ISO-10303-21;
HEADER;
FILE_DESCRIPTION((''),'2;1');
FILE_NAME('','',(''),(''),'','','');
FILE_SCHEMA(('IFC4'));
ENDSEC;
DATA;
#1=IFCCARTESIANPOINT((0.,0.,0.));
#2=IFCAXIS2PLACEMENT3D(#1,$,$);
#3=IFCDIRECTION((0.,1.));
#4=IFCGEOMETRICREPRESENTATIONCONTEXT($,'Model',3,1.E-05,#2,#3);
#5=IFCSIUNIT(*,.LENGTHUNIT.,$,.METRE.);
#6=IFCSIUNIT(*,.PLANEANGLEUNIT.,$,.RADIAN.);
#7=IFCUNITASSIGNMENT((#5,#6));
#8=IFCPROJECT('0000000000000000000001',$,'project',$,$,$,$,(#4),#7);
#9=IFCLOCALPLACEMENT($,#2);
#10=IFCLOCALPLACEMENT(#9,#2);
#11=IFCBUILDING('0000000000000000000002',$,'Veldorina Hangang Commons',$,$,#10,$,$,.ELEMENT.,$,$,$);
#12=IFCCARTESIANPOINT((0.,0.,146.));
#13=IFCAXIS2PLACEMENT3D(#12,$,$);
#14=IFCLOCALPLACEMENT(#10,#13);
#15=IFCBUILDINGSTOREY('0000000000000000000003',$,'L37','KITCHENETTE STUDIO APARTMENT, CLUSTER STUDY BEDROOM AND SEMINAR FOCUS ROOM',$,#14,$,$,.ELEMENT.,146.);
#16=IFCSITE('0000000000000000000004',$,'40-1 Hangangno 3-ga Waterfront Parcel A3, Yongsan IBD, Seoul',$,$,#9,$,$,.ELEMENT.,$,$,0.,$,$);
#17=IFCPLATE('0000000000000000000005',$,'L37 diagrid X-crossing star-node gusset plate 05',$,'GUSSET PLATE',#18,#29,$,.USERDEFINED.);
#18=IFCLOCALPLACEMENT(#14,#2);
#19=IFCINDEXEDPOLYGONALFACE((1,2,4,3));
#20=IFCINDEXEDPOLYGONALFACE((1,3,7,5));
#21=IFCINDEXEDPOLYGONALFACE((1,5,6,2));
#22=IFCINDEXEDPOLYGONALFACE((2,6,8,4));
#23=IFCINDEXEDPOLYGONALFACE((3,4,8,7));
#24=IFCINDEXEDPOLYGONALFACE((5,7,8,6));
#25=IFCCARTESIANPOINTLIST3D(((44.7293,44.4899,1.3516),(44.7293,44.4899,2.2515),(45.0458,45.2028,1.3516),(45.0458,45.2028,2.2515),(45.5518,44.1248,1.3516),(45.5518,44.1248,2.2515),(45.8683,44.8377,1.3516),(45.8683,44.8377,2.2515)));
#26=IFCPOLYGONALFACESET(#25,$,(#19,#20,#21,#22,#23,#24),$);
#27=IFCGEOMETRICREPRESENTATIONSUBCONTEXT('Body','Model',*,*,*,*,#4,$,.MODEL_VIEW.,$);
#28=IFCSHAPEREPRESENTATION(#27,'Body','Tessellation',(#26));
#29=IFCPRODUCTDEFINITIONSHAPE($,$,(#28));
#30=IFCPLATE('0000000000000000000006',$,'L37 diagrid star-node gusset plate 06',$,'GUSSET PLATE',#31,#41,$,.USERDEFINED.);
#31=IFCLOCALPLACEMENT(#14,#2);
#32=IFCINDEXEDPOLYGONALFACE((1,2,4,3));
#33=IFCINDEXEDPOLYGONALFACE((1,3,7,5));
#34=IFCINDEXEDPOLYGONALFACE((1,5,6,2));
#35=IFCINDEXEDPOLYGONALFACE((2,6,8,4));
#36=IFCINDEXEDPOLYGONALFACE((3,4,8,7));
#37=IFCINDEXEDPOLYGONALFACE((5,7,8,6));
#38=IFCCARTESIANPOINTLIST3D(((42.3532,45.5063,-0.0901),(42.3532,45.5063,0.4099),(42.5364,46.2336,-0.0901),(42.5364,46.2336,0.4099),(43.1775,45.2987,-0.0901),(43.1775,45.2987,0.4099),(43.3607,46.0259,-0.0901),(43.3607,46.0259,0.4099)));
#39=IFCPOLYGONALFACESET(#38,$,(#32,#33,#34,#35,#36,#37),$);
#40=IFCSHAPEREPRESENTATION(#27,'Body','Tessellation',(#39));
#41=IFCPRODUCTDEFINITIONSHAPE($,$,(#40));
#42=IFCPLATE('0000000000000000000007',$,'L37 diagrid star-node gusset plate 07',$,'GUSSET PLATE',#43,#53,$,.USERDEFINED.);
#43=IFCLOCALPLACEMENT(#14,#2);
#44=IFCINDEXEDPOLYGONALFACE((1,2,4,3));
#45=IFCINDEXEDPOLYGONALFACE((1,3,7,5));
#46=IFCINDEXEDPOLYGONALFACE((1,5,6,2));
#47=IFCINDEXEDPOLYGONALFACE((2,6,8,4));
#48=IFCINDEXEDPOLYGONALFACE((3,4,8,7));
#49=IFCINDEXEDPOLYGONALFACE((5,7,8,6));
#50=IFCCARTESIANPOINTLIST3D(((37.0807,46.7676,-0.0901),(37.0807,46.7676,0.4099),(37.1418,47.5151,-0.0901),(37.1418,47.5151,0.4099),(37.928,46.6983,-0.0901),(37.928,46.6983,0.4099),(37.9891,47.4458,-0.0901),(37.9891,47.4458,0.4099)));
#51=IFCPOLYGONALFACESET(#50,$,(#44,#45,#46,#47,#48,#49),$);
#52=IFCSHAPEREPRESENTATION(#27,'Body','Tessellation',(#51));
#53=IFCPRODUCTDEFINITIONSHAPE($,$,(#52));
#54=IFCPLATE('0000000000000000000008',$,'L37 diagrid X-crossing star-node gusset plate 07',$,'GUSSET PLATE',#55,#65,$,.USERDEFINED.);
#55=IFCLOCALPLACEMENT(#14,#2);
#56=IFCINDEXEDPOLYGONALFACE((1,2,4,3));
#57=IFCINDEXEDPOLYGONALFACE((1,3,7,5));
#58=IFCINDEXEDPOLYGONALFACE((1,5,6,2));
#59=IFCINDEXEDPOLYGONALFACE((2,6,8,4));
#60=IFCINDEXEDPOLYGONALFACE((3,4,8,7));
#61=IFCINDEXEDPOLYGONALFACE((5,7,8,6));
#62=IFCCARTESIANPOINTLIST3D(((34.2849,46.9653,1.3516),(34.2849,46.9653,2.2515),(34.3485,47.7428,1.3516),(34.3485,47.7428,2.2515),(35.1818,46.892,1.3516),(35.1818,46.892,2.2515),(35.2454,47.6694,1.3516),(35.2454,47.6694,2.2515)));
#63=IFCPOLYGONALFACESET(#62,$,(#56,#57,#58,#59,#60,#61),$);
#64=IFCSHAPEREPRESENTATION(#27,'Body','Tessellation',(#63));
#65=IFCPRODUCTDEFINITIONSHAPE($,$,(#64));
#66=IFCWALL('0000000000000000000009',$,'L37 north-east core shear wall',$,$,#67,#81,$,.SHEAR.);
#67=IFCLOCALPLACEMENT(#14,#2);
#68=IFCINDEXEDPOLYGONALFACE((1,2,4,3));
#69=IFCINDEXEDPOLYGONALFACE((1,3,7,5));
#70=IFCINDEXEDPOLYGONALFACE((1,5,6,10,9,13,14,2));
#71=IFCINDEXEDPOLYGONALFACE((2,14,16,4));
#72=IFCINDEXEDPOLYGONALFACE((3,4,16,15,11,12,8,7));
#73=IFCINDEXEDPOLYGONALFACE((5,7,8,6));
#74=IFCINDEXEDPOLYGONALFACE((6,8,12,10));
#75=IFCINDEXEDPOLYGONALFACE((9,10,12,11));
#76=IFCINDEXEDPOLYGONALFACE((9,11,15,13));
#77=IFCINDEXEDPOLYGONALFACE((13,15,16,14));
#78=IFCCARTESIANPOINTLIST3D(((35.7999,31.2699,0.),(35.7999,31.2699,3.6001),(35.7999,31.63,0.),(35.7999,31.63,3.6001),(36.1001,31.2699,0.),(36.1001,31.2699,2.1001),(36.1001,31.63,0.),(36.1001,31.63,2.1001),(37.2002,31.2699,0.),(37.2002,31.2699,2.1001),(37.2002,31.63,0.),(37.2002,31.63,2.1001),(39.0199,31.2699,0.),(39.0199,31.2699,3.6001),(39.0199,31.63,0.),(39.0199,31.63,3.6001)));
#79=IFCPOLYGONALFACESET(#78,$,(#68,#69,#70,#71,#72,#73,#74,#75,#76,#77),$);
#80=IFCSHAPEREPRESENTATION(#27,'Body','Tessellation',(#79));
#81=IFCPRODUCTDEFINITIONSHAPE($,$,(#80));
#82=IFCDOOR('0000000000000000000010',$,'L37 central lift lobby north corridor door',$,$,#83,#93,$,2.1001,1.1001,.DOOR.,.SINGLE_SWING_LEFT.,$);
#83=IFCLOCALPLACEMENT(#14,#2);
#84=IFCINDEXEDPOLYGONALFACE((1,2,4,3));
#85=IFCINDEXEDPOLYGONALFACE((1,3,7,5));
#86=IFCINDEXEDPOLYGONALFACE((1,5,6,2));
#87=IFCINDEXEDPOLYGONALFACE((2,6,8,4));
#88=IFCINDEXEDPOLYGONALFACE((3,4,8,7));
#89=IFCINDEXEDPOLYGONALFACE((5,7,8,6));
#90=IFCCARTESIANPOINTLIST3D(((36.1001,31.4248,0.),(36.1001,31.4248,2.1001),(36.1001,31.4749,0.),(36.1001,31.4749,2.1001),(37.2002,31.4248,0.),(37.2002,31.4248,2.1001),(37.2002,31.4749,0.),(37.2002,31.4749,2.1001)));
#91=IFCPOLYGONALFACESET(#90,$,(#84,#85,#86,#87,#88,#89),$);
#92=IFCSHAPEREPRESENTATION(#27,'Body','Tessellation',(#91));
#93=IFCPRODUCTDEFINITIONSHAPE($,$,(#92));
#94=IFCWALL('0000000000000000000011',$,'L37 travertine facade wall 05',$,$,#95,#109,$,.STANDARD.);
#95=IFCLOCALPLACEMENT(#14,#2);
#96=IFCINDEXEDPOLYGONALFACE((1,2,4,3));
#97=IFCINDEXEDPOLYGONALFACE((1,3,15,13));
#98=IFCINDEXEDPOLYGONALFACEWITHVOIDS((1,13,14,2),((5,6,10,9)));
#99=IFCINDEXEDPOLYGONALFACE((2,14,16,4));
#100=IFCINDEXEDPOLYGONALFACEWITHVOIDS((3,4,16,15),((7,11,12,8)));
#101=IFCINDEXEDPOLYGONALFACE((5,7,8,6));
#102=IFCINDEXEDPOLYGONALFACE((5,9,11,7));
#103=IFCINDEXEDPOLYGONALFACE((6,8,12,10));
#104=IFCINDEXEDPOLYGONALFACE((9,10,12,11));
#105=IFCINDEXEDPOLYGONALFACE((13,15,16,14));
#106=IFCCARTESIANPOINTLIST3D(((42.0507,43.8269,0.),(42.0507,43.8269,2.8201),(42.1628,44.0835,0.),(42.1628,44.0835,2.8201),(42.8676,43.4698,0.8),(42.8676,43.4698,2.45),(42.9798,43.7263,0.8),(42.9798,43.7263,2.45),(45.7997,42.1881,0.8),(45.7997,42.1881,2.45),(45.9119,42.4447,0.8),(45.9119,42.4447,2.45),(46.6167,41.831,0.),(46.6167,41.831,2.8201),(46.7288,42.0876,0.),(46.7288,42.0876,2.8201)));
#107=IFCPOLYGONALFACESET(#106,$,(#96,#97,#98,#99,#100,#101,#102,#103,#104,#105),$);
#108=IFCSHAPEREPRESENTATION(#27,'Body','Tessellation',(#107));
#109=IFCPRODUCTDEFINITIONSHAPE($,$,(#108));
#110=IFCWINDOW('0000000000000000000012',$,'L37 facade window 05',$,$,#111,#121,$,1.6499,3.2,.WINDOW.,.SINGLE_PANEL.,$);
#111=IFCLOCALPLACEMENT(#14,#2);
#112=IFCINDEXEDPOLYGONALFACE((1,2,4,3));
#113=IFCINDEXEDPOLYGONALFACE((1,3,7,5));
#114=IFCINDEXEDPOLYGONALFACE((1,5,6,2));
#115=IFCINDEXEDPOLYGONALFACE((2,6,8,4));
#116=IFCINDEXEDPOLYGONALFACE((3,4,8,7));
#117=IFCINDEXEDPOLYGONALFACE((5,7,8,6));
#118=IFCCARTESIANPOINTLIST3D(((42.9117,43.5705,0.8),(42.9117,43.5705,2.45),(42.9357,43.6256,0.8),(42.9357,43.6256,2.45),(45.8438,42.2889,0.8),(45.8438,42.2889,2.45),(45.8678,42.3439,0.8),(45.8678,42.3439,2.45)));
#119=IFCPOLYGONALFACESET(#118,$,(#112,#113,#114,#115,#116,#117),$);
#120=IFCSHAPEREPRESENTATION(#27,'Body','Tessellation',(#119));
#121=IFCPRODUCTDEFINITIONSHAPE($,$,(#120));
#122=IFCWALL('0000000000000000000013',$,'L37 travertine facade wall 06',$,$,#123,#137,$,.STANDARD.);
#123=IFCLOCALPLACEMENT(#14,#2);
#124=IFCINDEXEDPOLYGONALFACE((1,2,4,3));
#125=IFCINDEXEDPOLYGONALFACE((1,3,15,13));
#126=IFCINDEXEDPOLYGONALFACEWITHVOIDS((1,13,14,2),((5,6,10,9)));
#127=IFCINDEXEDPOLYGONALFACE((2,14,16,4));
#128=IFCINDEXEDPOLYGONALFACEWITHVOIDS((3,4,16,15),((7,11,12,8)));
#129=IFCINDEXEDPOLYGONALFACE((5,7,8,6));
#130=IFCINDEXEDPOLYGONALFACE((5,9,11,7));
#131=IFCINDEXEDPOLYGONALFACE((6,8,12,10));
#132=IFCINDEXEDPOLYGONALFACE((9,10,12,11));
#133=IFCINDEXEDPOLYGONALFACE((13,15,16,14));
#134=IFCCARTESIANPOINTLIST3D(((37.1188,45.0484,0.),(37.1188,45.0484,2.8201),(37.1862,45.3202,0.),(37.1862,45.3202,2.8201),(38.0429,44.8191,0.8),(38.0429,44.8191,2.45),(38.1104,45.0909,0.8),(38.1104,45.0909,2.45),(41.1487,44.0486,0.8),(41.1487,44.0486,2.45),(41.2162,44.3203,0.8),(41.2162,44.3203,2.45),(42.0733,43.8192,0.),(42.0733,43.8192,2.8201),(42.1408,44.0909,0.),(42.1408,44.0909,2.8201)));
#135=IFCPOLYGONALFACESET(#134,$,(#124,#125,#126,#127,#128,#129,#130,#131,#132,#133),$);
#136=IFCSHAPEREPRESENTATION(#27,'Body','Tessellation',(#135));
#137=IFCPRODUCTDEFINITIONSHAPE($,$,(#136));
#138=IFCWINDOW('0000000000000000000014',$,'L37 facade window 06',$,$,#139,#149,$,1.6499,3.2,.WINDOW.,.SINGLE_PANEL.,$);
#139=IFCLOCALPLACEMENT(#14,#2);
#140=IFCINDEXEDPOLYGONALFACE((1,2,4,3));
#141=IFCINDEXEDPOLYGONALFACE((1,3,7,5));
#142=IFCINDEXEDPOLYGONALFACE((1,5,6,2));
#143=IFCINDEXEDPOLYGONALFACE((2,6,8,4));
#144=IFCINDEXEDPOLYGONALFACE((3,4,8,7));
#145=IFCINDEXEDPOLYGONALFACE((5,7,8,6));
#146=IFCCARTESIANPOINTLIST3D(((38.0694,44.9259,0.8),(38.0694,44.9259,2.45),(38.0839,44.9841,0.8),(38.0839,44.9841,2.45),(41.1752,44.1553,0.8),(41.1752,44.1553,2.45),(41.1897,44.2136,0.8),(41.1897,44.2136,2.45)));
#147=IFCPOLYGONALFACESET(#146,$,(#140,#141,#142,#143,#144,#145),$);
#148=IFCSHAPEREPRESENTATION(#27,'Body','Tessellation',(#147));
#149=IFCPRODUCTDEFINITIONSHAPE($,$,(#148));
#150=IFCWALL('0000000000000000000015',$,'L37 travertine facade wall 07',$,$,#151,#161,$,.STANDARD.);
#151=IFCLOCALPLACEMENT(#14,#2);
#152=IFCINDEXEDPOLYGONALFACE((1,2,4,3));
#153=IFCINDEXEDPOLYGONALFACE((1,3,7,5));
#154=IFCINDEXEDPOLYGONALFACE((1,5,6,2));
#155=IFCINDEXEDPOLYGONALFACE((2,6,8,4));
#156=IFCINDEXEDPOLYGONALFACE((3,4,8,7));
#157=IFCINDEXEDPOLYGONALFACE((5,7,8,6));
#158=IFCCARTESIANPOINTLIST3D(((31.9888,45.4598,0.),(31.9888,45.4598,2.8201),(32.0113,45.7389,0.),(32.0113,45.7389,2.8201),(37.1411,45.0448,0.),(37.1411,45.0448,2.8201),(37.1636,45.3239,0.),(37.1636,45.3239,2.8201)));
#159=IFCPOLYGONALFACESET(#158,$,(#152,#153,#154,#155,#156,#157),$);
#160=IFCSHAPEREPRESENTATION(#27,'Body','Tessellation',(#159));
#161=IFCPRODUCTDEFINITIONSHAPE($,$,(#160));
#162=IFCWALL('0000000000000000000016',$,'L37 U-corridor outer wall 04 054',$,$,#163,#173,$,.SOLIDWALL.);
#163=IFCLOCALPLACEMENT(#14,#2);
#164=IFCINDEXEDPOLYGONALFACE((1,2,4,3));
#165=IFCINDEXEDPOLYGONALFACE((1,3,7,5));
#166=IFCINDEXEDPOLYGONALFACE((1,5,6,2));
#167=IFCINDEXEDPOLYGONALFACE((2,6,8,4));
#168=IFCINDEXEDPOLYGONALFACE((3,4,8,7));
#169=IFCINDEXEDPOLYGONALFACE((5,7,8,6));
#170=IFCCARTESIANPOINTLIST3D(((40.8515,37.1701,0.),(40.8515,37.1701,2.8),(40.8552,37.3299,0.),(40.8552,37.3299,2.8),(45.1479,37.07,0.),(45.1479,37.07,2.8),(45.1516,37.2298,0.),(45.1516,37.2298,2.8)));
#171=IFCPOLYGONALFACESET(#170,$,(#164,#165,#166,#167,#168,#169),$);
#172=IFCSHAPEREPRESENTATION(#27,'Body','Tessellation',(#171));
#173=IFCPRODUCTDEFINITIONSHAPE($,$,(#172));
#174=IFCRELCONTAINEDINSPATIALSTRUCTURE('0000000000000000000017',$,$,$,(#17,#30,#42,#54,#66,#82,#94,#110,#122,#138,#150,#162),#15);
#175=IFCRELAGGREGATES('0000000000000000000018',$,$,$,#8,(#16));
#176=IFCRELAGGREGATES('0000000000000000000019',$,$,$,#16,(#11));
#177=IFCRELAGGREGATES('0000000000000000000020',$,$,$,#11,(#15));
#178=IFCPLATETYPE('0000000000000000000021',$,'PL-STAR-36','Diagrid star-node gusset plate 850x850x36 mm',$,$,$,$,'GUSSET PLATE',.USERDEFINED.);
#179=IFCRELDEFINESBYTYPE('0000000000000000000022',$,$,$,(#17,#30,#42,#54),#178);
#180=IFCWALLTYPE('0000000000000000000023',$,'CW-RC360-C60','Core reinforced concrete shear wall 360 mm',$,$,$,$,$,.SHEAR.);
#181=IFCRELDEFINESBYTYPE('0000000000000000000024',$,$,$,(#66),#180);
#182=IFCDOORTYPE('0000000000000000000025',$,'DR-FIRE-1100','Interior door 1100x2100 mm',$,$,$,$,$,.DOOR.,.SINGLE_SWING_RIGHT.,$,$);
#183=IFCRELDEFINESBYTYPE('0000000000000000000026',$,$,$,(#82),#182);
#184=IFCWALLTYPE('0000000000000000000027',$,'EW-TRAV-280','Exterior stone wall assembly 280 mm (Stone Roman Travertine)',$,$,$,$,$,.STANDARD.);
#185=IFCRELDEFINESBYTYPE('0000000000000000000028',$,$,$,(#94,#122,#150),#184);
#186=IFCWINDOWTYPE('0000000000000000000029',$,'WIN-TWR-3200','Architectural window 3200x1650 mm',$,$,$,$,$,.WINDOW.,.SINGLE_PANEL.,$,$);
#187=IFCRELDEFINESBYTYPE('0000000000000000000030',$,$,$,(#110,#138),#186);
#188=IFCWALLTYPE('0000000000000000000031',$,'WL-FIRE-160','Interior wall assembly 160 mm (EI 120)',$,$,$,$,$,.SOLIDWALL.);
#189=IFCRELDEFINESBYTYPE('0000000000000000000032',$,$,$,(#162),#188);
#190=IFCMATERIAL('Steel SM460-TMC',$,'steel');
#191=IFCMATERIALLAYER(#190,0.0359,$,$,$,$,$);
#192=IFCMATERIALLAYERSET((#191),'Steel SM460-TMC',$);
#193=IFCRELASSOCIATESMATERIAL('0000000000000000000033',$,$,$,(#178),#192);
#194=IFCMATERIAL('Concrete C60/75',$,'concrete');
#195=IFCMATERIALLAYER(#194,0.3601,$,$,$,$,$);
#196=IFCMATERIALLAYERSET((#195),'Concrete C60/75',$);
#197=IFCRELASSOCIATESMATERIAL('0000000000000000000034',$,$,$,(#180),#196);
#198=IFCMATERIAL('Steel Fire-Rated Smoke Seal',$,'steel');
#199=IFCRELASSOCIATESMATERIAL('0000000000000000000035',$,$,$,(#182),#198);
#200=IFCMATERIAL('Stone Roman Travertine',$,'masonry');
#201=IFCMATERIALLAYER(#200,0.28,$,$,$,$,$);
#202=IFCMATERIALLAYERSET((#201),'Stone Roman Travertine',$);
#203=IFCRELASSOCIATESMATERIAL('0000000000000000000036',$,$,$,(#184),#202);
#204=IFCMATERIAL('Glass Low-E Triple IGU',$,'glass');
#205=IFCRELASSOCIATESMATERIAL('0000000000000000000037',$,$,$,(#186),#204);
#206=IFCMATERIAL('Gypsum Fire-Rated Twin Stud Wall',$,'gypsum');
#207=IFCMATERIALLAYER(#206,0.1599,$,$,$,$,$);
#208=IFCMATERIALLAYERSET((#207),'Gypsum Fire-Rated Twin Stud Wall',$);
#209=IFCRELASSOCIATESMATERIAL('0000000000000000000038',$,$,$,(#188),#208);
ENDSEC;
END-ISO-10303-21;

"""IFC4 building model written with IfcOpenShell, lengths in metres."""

from ifc_helpers import new_model, si_unit, direction, frame, frame_2d, origin, origin_2d, place, context, subcontext, project, spatial, rectangle, extrude, material, layer, layer_set, type_object, element, fill, save


model = new_model("IFC4")

# Units and contexts
model_context = context("Model", 3, precision=1e-05, world=origin(), true_north=direction((0.0, 1.0)))
body_context = subcontext(model_context, "Body", "Model", "MODEL_VIEW")
ifc_project = project(units=[si_unit("LENGTHUNIT", "METRE"), si_unit("PLANEANGLEUNIT", "RADIAN")], contexts=[model_context])

# Site, building, storey
site_placement = place(None, origin())
site = spatial("IfcSite", under=ifc_project, at=site_placement, Name="40-1 Hangangno 3-ga Waterfront Parcel A3, Yongsan IBD, Seoul", CompositionType="ELEMENT", RefElevation=0.0)
building_placement = place(site_placement, origin())
building = spatial("IfcBuilding", under=site, at=building_placement, Name="Veldorina Hangang Commons", CompositionType="ELEMENT")
storey_placement = place(building_placement, frame((0.0, 0.0, 146.0)))
storey = spatial("IfcBuildingStorey", under=building, at=storey_placement, Name="L37", Description="KITCHENETTE STUDIO APARTMENT, CLUSTER STUDY BEDROOM AND SEMINAR FOCUS ROOM", CompositionType="ELEMENT", Elevation=146.0)

# Plates
ifc_material_1 = material(Name="Steel SM460-TMC", Category="steel")
ifc_layer_1 = layer(ifc_material_1, 0.0359)
ifc_layer_set_1 = layer_set([ifc_layer_1], Name="Steel SM460-TMC")
plate_type = type_object("IfcPlateType", Name="PL-STAR-36", Description="Diagrid star-node gusset plate 850x850x36 mm", ElementType="GUSSET PLATE", PredefinedType="USERDEFINED", material=ifc_layer_set_1)
plate_1_placement = place(storey_placement, frame((45.2988, 44.6638, 1.3516), z_axis=(0.0, 0.0, 1.0), x_axis=(-0.913999, 0.405716, 0.0)))
element("IfcPlate", 1, at=plate_1_placement, inside=storey, type_object=plate_type, Name="L37 diagrid X-crossing star-node gusset plate 05", ObjectType="GUSSET PLATE", PredefinedType="USERDEFINED", context=body_context, shape_type="SweptSolid", body=[
    extrude(rectangle(XDim=0.8999, YDim=0.78, at=origin_2d()), origin(), (0.0, 0.0, 1.0), 0.8999),
])
for number, where, z_axis, x_axis, name in (
    (2, (42.8569, 45.7661, -0.0901), (0.0, 0.0, 1.0), (-0.96971, 0.244258, 0.0), "L37 diagrid star-node gusset plate 06"),
    (3, (37.5349, 47.1067, -0.0901), (0.0, 0.0, 1.0), (-0.996672, 0.081521, 0.0), "L37 diagrid star-node gusset plate 07"),
):
    element("IfcPlate", number, at=place(storey_placement, frame(where, z_axis=z_axis, x_axis=x_axis)), inside=storey, type_object=plate_type, Name=name, ObjectType="GUSSET PLATE", PredefinedType="USERDEFINED", context=body_context, shape_type="SweptSolid", body=[
        extrude(rectangle(XDim=0.8501, YDim=0.75, at=origin_2d()), origin(), (0.0, 0.0, 1.0), 0.5),
    ])
plate_2_placement = place(storey_placement, frame((34.7651, 47.3174, 1.3516), z_axis=(0.0, 0.0, 1.0), x_axis=(-0.996672, 0.081521, 0.0)))
element("IfcPlate", 4, at=plate_2_placement, inside=storey, type_object=plate_type, Name="L37 diagrid X-crossing star-node gusset plate 07", ObjectType="GUSSET PLATE", PredefinedType="USERDEFINED", context=body_context, shape_type="SweptSolid", body=[
    extrude(rectangle(XDim=0.8999, YDim=0.78, at=origin_2d()), origin(), (0.0, 0.0, 1.0), 0.8999),
])

# Wall, opening, door
ifc_material_2 = material(Name="Concrete C60/75", Category="concrete")
ifc_layer_2 = layer(ifc_material_2, 0.3601)
ifc_layer_set_2 = layer_set([ifc_layer_2], Name="Concrete C60/75")
wall_type_1 = type_object("IfcWallType", Name="CW-RC360-C60", Description="Core reinforced concrete shear wall 360 mm", PredefinedType="SHEAR", material=ifc_layer_set_2)
wall_1_placement = place(storey_placement, frame((35.8, 31.45, 0.0), z_axis=(0.0, 0.0, 1.0), x_axis=(1.0, 0.0, 0.0)))
wall_1 = element("IfcWall", 5, at=wall_1_placement, inside=storey, type_object=wall_type_1, Name="L37 north-east core shear wall", PredefinedType="SHEAR", context=body_context, shape_type="SweptSolid", body=[
    extrude(rectangle(XDim=3.22, YDim=0.3601, at=frame_2d((1.6099, 0.0))), origin(), (0.0, 0.0, 1.0), 3.6001),
])
opening_1_placement = place(wall_1_placement, frame((0.3, 0.0, 0.0)))
opening_1 = element("IfcOpeningElement", 6, at=opening_1_placement, cuts=wall_1, PredefinedType="OPENING", context=body_context, shape_type="SweptSolid", body=[
    extrude(rectangle(XDim=1.1001, YDim=2.1001, at=frame_2d((0.55, 1.05))), frame((0.0, 0.1899, 0.0), z_axis=(0.0, -1.0, 0.0), x_axis=(1.0, 0.0, 0.0)), (0.0, 0.0, 1.0), 0.3801),
])
ifc_material_3 = material(Name="Steel Fire-Rated Smoke Seal", Category="steel")
door_type_1 = type_object("IfcDoorType", Name="DR-FIRE-1100", Description="Interior door 1100x2100 mm", OperationType="SINGLE_SWING_RIGHT", PredefinedType="DOOR", material=ifc_material_3)
door_1_placement = place(opening_1_placement, origin())
door_1 = element("IfcDoor", 7, at=door_1_placement, inside=storey, type_object=door_type_1, Name="L37 central lift lobby north corridor door", OperationType="SINGLE_SWING_LEFT", OverallHeight=2.1001, OverallWidth=1.1001, PredefinedType="DOOR", context=body_context, shape_type="SweptSolid", body=[
    extrude(rectangle(XDim=1.1001, YDim=2.1001, at=frame_2d((0.55, 1.05))), frame((0.0, 0.0249, 0.0), z_axis=(0.0, -1.0, 0.0), x_axis=(1.0, 0.0, 0.0)), (0.0, 0.0, 1.0), 0.05),
])
fill(opening_1, door_1)

# Walls, openings, windows
ifc_material_4 = material(Name="Stone Roman Travertine", Category="masonry")
ifc_layer_3 = layer(ifc_material_4, 0.28)
ifc_layer_set_3 = layer_set([ifc_layer_3], Name="Stone Roman Travertine")
wall_type_2 = type_object("IfcWallType", Name="EW-TRAV-280", Description="Exterior stone wall assembly 280 mm (Stone Roman Travertine)", PredefinedType="STANDARD", material=ifc_layer_set_3)
wall_2_placement = place(storey_placement, frame((46.6729, 41.9592, 0.0), z_axis=(0.0, 0.0, 1.0), x_axis=(-0.916285, 0.400526, 0.0)))
wall_2 = element("IfcWall", 8, at=wall_2_placement, inside=storey, type_object=wall_type_2, Name="L37 travertine facade wall 05", PredefinedType="STANDARD", context=body_context, shape_type="SweptSolid", body=[
    extrude(rectangle(XDim=4.9832, YDim=0.28, at=frame_2d((2.4917, 0.0))), origin(), (0.0, 0.0, 1.0), 2.8201),
])
opening_2_placement = place(wall_2_placement, frame((0.8916, 0.0, 0.8)))
opening_2 = element("IfcOpeningElement", 9, at=opening_2_placement, cuts=wall_2, PredefinedType="OPENING", context=body_context, shape_type="SweptSolid", body=[
    extrude(rectangle(XDim=3.2, YDim=1.6499, at=frame_2d((1.6001, 0.825))), frame((0.0, 0.1499, 0.0), z_axis=(0.0, -1.0, 0.0), x_axis=(1.0, 0.0, 0.0)), (0.0, 0.0, 1.0), 0.3),
])
ifc_material_5 = material(Name="Glass Low-E Triple IGU", Category="glass")
window_type = type_object("IfcWindowType", Name="WIN-TWR-3200", Description="Architectural window 3200x1650 mm", PartitioningType="SINGLE_PANEL", PredefinedType="WINDOW", material=ifc_material_5)
window_1_placement = place(opening_2_placement, origin())
window_1 = element("IfcWindow", 10, at=window_1_placement, inside=storey, type_object=window_type, Name="L37 facade window 05", OverallHeight=1.6499, OverallWidth=3.2, PartitioningType="SINGLE_PANEL", PredefinedType="WINDOW", context=body_context, shape_type="SweptSolid", body=[
    extrude(rectangle(XDim=3.2, YDim=1.6499, at=frame_2d((1.6001, 0.825))), frame((0.0, 0.03, 0.0), z_axis=(0.0, -1.0, 0.0), x_axis=(1.0, 0.0, 0.0)), (0.0, 0.0, 1.0), 0.0601),
])
fill(opening_2, window_1)
wall_3_placement = place(storey_placement, frame((42.1069, 43.9551, 0.0), z_axis=(0.0, 0.0, 1.0), x_axis=(-0.970574, 0.240802, 0.0)))
wall_3 = element("IfcWall", 11, at=wall_3_placement, inside=storey, type_object=wall_type_2, Name="L37 travertine facade wall 06", PredefinedType="STANDARD", context=body_context, shape_type="SweptSolid", body=[
    extrude(rectangle(XDim=5.1047, YDim=0.28, at=frame_2d((2.5522, 0.0))), origin(), (0.0, 0.0, 1.0), 2.8201),
])
opening_3_placement = place(wall_3_placement, frame((0.9524, 0.0, 0.8)))
opening_3 = element("IfcOpeningElement", 12, at=opening_3_placement, cuts=wall_3, PredefinedType="OPENING", context=body_context, shape_type="SweptSolid", body=[
    extrude(rectangle(XDim=3.2, YDim=1.6499, at=frame_2d((1.6001, 0.825))), frame((0.0, 0.1499, 0.0), z_axis=(0.0, -1.0, 0.0), x_axis=(1.0, 0.0, 0.0)), (0.0, 0.0, 1.0), 0.3),
])
window_2_placement = place(opening_3_placement, origin())
window_2 = element("IfcWindow", 13, at=window_2_placement, inside=storey, type_object=window_type, Name="L37 facade window 06", OverallHeight=1.6499, OverallWidth=3.2, PartitioningType="SINGLE_PANEL", PredefinedType="WINDOW", context=body_context, shape_type="SweptSolid", body=[
    extrude(rectangle(XDim=3.2, YDim=1.6499, at=frame_2d((1.6001, 0.825))), frame((0.0, 0.03, 0.0), z_axis=(0.0, -1.0, 0.0), x_axis=(1.0, 0.0, 0.0)), (0.0, 0.0, 1.0), 0.0601),
])
fill(opening_3, window_2)

# Walls
wall_4_placement = place(storey_placement, frame((37.1523, 45.1843, 0.0), z_axis=(0.0, 0.0, 1.0), x_axis=(-0.996771, 0.080293, 0.0)))
element("IfcWall", 14, at=wall_4_placement, inside=storey, type_object=wall_type_2, Name="L37 travertine facade wall 07", PredefinedType="STANDARD", context=body_context, shape_type="SweptSolid", body=[
    extrude(rectangle(XDim=5.1689, YDim=0.28, at=frame_2d((2.5845, 0.0))), origin(), (0.0, 0.0, 1.0), 2.8201),
])
ifc_material_6 = material(Name="Gypsum Fire-Rated Twin Stud Wall", Category="gypsum")
ifc_layer_4 = layer(ifc_material_6, 0.1599)
ifc_layer_set_4 = layer_set([ifc_layer_4], Name="Gypsum Fire-Rated Twin Stud Wall")
wall_type_3 = type_object("IfcWallType", Name="WL-FIRE-160", Description="Interior wall assembly 160 mm (EI 120)", PredefinedType="SOLIDWALL", material=ifc_layer_set_4)
wall_5_placement = place(storey_placement, frame((45.1499, 37.1499, 0.0), z_axis=(0.0, 0.0, 1.0), x_axis=(-0.999729, 0.023292, 0.0)))
element("IfcWall", 15, at=wall_5_placement, inside=storey, type_object=wall_type_3, Name="L37 U-corridor outer wall 04 054", PredefinedType="SOLIDWALL", context=body_context, shape_type="SweptSolid", body=[
    extrude(rectangle(XDim=4.2976, YDim=0.1599, at=frame_2d((2.1489, 0.0))), origin(), (0.0, 0.0, 1.0), 2.8),
])

save(model, "model.ifc")
